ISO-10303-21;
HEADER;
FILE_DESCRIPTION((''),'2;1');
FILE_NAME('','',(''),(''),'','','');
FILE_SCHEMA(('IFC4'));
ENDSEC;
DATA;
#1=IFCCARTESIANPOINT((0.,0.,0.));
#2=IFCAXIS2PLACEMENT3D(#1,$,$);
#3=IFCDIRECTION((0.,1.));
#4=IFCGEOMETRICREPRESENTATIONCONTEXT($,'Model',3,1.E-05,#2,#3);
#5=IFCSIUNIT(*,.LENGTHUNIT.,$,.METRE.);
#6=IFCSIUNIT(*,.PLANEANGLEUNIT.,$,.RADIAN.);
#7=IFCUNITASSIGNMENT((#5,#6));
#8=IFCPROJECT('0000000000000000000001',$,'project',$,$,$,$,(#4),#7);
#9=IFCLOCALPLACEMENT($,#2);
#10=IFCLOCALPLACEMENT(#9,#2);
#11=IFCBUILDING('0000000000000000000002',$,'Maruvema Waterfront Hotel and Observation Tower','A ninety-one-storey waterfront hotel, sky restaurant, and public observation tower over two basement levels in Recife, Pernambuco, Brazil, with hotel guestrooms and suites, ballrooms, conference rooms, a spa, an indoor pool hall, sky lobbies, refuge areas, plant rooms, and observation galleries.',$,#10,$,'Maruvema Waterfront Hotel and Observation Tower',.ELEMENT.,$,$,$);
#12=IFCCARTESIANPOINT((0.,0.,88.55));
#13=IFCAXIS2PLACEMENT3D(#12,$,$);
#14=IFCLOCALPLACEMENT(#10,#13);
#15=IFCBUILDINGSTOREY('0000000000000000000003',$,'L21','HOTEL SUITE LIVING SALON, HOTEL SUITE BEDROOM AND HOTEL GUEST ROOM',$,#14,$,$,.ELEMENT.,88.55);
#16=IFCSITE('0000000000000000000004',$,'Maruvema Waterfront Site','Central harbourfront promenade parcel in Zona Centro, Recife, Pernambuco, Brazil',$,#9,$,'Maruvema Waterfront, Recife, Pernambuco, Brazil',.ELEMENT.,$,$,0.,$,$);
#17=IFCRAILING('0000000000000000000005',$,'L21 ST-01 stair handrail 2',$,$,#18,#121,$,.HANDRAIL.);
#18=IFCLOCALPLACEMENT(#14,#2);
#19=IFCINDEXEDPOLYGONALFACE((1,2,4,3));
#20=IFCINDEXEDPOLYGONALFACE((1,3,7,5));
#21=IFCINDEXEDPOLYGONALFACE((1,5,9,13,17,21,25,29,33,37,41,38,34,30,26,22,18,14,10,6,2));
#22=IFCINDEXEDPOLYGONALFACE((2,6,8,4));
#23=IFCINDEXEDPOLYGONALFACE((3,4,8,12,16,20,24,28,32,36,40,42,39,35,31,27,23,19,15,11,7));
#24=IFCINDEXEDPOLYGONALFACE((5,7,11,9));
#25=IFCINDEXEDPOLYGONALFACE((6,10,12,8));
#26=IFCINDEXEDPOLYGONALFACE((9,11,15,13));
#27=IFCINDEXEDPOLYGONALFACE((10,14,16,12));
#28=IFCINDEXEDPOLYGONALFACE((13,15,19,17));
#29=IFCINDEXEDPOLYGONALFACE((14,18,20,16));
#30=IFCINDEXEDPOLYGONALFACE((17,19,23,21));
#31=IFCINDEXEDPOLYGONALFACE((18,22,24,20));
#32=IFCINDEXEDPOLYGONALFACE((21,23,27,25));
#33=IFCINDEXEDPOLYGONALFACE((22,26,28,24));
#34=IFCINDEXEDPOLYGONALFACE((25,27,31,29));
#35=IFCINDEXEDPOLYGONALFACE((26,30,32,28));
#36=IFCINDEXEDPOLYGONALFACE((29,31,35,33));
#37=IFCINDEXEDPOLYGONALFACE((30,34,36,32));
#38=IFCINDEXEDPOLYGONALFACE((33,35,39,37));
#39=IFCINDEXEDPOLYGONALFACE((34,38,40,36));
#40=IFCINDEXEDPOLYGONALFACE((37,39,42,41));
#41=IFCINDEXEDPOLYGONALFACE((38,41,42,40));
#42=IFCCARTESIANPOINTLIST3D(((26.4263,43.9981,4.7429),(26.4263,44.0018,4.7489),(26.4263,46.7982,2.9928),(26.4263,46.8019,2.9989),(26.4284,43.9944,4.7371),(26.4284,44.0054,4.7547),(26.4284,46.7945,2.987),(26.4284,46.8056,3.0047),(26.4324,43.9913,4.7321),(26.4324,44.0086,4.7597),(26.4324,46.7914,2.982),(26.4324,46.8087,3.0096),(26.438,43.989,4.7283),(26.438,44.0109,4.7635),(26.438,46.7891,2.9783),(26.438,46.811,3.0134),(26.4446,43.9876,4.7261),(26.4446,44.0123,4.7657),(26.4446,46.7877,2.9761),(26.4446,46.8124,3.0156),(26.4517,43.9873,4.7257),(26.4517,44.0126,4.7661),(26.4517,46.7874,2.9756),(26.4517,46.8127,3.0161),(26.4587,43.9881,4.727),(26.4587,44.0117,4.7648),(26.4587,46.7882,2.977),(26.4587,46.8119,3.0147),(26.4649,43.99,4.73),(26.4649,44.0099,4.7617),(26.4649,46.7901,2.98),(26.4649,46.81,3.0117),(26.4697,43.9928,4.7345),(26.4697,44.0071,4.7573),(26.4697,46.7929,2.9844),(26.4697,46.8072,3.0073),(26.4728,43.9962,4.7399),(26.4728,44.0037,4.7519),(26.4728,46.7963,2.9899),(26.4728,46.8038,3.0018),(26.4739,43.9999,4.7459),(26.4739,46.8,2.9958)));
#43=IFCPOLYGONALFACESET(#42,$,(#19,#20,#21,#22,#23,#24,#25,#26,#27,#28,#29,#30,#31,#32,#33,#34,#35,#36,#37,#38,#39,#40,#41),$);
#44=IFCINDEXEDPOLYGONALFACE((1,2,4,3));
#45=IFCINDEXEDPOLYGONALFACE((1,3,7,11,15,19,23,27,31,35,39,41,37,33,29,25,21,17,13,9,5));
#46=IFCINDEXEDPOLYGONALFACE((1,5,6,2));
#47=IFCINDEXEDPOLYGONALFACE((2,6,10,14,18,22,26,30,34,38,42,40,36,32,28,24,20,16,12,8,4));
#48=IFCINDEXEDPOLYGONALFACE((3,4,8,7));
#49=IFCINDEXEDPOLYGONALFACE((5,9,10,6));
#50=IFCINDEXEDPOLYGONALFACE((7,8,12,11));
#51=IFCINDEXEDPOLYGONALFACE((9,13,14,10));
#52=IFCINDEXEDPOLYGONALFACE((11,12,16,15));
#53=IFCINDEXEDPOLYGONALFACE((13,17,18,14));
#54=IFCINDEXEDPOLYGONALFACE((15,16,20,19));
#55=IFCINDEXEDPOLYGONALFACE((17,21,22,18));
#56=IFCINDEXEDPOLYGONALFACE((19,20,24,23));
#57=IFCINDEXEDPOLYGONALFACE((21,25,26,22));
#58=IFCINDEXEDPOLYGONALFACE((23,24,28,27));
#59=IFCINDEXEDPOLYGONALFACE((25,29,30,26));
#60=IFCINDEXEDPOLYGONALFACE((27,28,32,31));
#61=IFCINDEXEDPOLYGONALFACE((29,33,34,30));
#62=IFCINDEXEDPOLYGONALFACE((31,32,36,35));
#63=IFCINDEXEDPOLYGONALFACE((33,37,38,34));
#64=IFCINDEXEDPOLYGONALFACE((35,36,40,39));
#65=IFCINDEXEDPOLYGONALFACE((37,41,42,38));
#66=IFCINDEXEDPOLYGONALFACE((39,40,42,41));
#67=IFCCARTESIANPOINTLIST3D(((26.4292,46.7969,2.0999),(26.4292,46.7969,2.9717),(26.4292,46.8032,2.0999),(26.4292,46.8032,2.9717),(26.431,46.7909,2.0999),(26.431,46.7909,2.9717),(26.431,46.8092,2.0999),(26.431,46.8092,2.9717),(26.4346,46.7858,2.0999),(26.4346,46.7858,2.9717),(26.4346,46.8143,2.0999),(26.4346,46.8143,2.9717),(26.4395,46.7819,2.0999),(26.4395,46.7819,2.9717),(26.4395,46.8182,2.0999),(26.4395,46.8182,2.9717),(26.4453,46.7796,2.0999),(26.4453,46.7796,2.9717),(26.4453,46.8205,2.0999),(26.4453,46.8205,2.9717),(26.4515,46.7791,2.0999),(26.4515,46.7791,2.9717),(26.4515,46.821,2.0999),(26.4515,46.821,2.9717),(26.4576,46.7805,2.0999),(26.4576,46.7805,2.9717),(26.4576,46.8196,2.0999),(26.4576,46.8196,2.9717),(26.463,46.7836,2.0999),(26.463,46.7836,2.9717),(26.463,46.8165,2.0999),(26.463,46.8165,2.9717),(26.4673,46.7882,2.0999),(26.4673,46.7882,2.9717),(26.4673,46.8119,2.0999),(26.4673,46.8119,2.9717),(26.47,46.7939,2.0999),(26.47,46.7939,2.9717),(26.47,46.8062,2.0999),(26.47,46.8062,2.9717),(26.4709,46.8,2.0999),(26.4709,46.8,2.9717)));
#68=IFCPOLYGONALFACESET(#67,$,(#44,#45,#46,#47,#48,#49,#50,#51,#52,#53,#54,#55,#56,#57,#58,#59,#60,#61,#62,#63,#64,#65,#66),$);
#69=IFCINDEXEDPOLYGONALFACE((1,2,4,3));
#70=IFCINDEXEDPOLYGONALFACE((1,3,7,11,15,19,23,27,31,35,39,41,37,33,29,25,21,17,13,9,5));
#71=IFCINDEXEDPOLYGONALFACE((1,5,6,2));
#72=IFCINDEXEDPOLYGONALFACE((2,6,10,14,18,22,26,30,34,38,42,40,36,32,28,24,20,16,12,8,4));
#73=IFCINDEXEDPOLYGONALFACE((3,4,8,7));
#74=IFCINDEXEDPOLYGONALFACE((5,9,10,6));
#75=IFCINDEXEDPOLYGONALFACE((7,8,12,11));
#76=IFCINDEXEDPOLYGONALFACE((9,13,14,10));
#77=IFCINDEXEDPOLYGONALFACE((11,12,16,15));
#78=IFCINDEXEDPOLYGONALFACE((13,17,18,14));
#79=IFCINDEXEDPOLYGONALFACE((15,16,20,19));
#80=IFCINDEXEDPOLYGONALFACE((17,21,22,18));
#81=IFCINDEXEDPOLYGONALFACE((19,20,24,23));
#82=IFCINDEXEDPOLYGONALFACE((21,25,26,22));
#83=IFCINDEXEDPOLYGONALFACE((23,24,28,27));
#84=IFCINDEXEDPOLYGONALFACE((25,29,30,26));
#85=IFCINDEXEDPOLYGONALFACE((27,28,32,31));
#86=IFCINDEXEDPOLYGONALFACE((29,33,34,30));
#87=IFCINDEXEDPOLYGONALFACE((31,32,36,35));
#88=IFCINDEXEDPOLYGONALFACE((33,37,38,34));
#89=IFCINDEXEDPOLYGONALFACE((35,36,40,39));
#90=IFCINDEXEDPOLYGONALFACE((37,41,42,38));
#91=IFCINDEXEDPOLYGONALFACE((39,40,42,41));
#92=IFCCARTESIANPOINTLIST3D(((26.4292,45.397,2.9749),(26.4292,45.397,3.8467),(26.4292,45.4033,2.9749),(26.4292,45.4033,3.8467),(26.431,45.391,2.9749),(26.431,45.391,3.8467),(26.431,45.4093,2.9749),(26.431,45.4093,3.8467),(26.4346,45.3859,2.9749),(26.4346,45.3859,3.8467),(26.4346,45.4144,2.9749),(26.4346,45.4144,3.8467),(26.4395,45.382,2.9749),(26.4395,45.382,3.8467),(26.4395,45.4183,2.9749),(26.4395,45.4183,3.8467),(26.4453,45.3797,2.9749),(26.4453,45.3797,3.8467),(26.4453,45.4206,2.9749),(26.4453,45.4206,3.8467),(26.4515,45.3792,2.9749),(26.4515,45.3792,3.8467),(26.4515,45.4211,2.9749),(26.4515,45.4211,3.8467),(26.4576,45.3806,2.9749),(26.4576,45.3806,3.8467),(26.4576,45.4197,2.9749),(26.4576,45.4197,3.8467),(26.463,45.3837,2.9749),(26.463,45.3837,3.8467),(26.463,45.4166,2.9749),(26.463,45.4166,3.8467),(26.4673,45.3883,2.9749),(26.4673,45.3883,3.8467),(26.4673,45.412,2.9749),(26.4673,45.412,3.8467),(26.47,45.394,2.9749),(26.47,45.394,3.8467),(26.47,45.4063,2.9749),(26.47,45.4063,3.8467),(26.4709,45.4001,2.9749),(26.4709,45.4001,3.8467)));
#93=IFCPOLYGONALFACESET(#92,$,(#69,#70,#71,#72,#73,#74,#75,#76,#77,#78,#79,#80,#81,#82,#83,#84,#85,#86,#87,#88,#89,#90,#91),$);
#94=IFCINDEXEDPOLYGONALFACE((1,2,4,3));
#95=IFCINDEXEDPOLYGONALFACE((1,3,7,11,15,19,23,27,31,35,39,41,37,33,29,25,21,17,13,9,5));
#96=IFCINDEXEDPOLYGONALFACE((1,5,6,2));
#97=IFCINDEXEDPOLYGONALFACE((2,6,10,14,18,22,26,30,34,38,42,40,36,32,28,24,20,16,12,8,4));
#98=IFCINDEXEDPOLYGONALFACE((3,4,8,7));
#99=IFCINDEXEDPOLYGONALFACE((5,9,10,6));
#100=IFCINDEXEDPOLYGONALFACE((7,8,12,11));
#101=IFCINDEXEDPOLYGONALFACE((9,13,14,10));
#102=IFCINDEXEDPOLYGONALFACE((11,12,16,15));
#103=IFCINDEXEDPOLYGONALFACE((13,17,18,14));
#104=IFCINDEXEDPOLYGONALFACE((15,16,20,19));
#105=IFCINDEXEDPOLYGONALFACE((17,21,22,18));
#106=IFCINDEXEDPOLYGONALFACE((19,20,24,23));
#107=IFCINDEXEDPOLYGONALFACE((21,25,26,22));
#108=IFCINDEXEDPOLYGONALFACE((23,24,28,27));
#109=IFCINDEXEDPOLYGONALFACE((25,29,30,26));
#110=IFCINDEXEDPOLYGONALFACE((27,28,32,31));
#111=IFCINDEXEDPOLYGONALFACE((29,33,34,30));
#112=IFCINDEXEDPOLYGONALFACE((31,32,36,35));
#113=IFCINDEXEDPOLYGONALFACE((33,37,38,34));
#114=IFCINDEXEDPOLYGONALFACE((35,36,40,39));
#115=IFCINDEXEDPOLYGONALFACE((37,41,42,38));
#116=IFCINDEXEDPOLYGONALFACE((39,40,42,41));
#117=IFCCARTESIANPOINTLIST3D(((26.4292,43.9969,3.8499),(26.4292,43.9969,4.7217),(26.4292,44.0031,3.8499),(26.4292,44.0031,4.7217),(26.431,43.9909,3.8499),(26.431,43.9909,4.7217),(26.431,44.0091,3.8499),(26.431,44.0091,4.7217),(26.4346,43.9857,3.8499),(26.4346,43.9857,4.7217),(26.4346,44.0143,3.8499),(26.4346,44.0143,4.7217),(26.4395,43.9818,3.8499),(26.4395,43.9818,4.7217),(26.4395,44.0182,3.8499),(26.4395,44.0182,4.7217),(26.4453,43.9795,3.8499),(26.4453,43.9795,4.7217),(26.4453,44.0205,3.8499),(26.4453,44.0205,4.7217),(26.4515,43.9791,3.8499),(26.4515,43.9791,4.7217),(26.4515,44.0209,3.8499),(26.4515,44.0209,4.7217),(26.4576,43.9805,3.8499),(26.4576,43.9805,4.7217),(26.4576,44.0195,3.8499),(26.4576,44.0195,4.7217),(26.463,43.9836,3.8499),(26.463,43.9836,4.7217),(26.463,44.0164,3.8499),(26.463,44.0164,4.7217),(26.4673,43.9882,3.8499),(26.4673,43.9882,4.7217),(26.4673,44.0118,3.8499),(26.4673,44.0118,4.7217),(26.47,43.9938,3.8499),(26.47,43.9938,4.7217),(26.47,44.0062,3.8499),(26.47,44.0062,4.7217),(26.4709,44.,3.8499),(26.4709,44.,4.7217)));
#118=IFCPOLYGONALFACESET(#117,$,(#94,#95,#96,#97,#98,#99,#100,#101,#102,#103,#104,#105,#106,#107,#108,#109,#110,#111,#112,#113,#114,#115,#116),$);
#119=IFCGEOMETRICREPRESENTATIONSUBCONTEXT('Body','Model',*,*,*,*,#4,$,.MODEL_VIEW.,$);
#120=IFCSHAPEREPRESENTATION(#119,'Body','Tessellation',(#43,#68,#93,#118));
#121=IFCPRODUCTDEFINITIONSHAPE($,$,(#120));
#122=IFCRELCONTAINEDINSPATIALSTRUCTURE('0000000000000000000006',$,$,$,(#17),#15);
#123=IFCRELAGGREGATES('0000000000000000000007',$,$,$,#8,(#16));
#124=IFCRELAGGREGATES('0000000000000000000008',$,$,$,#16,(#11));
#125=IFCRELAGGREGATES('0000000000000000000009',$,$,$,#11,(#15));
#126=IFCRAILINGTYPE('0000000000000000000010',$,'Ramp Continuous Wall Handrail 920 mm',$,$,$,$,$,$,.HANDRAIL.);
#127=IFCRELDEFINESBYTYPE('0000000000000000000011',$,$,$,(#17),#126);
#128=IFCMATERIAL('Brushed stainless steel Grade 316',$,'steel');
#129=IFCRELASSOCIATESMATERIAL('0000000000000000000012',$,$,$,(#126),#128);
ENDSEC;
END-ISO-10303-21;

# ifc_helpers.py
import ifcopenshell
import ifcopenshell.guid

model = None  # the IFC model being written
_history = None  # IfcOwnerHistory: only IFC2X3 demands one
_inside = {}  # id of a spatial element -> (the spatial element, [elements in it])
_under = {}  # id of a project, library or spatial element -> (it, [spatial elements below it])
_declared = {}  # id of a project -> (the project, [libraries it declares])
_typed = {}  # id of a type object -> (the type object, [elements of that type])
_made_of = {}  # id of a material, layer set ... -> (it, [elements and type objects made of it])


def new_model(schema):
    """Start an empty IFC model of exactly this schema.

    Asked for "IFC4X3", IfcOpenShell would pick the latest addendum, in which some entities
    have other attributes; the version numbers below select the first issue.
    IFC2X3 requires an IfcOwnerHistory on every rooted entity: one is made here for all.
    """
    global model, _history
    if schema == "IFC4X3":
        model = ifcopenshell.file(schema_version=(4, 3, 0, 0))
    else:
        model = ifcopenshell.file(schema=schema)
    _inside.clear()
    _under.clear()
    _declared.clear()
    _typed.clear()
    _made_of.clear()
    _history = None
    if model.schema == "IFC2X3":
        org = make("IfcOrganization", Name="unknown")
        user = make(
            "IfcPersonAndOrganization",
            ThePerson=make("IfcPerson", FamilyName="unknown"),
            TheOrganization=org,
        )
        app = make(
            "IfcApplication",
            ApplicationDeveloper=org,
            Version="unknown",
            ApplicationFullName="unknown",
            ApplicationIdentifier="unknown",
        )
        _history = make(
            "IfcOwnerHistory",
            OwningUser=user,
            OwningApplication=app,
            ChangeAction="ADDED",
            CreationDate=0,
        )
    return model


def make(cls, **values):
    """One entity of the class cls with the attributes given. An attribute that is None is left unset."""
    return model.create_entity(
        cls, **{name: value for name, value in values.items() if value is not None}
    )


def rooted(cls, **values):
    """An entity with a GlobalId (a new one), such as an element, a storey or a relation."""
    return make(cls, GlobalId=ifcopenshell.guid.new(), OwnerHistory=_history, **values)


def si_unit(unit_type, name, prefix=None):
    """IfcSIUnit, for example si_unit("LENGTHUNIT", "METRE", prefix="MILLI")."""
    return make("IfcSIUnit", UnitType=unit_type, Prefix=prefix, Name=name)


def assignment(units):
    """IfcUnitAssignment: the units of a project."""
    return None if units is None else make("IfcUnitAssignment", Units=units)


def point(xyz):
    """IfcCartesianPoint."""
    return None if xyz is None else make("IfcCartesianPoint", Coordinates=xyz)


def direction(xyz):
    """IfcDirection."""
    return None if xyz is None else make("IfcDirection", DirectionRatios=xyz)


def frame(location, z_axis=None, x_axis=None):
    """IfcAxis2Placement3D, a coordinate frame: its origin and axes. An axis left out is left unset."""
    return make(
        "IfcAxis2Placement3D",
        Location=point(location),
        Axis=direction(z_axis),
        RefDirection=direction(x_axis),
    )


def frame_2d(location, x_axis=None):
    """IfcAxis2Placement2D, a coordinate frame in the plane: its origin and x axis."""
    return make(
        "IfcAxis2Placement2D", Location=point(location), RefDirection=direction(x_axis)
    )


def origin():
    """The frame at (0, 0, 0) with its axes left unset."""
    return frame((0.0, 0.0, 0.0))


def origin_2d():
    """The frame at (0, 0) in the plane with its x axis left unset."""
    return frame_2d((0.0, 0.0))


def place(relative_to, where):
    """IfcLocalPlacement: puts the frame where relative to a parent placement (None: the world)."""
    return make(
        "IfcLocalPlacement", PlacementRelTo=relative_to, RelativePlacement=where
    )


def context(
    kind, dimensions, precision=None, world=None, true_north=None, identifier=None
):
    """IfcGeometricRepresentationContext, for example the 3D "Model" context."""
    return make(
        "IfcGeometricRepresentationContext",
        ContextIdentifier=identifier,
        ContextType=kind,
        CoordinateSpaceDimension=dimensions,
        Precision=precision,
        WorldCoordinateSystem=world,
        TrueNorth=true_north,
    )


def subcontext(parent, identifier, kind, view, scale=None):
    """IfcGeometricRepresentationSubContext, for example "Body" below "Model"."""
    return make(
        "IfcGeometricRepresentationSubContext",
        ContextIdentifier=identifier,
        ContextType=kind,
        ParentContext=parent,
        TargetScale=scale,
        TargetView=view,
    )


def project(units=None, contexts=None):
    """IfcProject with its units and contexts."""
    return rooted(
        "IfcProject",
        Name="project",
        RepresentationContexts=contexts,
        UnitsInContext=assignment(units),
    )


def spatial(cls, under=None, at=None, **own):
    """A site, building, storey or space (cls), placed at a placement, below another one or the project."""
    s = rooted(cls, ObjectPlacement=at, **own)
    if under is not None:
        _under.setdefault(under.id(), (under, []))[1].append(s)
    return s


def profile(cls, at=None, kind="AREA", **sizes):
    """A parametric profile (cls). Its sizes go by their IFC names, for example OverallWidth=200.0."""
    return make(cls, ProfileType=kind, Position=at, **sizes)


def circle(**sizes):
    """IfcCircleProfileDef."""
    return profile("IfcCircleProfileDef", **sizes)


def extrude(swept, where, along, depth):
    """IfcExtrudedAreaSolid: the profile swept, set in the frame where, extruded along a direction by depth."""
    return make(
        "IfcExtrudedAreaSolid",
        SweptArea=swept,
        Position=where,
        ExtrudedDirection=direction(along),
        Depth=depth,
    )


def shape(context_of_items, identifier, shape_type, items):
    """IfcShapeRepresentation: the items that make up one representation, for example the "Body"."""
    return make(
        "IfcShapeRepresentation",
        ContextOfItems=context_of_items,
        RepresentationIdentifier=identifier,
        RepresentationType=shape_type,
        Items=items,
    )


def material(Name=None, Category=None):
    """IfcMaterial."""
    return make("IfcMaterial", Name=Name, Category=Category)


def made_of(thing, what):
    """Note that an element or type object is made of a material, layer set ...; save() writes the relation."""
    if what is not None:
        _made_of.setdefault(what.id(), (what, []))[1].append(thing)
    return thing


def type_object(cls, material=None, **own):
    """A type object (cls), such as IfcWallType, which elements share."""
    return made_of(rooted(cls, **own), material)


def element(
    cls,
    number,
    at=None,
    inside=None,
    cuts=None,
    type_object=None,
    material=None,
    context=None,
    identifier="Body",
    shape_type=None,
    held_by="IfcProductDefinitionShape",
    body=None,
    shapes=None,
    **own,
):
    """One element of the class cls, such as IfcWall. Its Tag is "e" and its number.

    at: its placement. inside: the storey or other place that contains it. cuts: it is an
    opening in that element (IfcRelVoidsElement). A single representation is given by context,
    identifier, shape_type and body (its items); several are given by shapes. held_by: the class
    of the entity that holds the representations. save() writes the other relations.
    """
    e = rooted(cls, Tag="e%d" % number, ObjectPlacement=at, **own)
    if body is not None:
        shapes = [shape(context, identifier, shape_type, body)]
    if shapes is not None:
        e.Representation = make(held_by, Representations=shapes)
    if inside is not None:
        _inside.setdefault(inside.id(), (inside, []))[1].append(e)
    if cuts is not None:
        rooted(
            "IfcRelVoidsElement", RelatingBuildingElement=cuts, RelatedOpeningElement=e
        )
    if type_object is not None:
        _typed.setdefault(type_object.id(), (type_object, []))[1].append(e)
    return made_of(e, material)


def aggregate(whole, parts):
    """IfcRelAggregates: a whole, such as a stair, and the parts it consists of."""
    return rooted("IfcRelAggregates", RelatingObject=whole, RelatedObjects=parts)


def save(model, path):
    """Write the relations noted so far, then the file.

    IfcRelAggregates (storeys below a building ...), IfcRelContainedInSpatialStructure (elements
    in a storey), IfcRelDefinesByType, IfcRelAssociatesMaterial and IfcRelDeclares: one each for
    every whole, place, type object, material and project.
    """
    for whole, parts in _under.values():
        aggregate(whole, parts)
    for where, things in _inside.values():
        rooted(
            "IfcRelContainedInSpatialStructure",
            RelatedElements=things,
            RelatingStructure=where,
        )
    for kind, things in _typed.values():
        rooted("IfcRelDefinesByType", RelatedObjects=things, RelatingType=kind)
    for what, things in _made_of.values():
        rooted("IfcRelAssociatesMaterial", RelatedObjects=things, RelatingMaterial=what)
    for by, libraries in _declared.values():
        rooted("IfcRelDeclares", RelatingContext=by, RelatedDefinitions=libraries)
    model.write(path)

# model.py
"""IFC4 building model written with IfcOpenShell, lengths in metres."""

from ifc_helpers import new_model, si_unit, direction, frame, origin, origin_2d, place, context, subcontext, project, spatial, circle, extrude, material, type_object, element, save


model = new_model("IFC4")

# Units and contexts
model_context = context("Model", 3, precision=1e-05, world=origin(), true_north=direction((0.0, 1.0)))
body_context = subcontext(model_context, "Body", "Model", "MODEL_VIEW")
ifc_project = project(units=[si_unit("LENGTHUNIT", "METRE"), si_unit("PLANEANGLEUNIT", "RADIAN")], contexts=[model_context])

# Site, building, storey
site_placement = place(None, origin())
site = spatial("IfcSite", under=ifc_project, at=site_placement, Name="Maruvema Waterfront Site", Description="Central harbourfront promenade parcel in Zona Centro, Recife, Pernambuco, Brazil", LongName="Maruvema Waterfront, Recife, Pernambuco, Brazil", CompositionType="ELEMENT", RefElevation=0.0)
building_placement = place(site_placement, origin())
building = spatial("IfcBuilding", under=site, at=building_placement, Name="Maruvema Waterfront Hotel and Observation Tower", Description="A ninety-one-storey waterfront hotel, sky restaurant, and public observation tower over two basement levels in Recife, Pernambuco, Brazil, with hotel guestrooms and suites, ballrooms, conference rooms, a spa, an indoor pool hall, sky lobbies, refuge areas, plant rooms, and observation galleries.", LongName="Maruvema Waterfront Hotel and Observation Tower", CompositionType="ELEMENT")
storey_placement = place(building_placement, frame((0.0, 0.0, 88.55)))
storey = spatial("IfcBuildingStorey", under=building, at=storey_placement, Name="L21", Description="HOTEL SUITE LIVING SALON, HOTEL SUITE BEDROOM AND HOTEL GUEST ROOM", CompositionType="ELEMENT", Elevation=88.55)

# Railing
ifc_material_1 = material(Name="Brushed stainless steel Grade 316", Category="steel")
railing_type_1 = type_object("IfcRailingType", Name="Ramp Continuous Wall Handrail 920 mm", PredefinedType="HANDRAIL", material=ifc_material_1)
railing_1_placement = place(storey_placement, frame((26.45, 46.8, 2.0999)))
element("IfcRailing", 1, at=railing_1_placement, inside=storey, type_object=railing_type_1, Name="L21 ST-01 stair handrail 2", PredefinedType="HANDRAIL", context=body_context, shape_type="SweptSolid", body=[
    extrude(circle(Radius=0.0239, at=origin_2d()), frame((0.0, 0.0, 0.896), z_axis=(0.0, -0.848002, 0.529992), x_axis=(1.0, 0.0, 0.0)), (0.0, 0.0, 1.0), 3.302),
    extrude(circle(Radius=0.021, at=origin_2d()), origin(), (0.0, 0.0, 1.0), 0.8718),
    extrude(circle(Radius=0.021, at=origin_2d()), frame((0.0, -1.3999, 0.875)), (0.0, 0.0, 1.0), 0.8718),
    extrude(circle(Radius=0.021, at=origin_2d()), frame((0.0, -2.8, 1.75)), (0.0, 0.0, 1.0), 0.8718),
])

save(model, "model.ifc")
